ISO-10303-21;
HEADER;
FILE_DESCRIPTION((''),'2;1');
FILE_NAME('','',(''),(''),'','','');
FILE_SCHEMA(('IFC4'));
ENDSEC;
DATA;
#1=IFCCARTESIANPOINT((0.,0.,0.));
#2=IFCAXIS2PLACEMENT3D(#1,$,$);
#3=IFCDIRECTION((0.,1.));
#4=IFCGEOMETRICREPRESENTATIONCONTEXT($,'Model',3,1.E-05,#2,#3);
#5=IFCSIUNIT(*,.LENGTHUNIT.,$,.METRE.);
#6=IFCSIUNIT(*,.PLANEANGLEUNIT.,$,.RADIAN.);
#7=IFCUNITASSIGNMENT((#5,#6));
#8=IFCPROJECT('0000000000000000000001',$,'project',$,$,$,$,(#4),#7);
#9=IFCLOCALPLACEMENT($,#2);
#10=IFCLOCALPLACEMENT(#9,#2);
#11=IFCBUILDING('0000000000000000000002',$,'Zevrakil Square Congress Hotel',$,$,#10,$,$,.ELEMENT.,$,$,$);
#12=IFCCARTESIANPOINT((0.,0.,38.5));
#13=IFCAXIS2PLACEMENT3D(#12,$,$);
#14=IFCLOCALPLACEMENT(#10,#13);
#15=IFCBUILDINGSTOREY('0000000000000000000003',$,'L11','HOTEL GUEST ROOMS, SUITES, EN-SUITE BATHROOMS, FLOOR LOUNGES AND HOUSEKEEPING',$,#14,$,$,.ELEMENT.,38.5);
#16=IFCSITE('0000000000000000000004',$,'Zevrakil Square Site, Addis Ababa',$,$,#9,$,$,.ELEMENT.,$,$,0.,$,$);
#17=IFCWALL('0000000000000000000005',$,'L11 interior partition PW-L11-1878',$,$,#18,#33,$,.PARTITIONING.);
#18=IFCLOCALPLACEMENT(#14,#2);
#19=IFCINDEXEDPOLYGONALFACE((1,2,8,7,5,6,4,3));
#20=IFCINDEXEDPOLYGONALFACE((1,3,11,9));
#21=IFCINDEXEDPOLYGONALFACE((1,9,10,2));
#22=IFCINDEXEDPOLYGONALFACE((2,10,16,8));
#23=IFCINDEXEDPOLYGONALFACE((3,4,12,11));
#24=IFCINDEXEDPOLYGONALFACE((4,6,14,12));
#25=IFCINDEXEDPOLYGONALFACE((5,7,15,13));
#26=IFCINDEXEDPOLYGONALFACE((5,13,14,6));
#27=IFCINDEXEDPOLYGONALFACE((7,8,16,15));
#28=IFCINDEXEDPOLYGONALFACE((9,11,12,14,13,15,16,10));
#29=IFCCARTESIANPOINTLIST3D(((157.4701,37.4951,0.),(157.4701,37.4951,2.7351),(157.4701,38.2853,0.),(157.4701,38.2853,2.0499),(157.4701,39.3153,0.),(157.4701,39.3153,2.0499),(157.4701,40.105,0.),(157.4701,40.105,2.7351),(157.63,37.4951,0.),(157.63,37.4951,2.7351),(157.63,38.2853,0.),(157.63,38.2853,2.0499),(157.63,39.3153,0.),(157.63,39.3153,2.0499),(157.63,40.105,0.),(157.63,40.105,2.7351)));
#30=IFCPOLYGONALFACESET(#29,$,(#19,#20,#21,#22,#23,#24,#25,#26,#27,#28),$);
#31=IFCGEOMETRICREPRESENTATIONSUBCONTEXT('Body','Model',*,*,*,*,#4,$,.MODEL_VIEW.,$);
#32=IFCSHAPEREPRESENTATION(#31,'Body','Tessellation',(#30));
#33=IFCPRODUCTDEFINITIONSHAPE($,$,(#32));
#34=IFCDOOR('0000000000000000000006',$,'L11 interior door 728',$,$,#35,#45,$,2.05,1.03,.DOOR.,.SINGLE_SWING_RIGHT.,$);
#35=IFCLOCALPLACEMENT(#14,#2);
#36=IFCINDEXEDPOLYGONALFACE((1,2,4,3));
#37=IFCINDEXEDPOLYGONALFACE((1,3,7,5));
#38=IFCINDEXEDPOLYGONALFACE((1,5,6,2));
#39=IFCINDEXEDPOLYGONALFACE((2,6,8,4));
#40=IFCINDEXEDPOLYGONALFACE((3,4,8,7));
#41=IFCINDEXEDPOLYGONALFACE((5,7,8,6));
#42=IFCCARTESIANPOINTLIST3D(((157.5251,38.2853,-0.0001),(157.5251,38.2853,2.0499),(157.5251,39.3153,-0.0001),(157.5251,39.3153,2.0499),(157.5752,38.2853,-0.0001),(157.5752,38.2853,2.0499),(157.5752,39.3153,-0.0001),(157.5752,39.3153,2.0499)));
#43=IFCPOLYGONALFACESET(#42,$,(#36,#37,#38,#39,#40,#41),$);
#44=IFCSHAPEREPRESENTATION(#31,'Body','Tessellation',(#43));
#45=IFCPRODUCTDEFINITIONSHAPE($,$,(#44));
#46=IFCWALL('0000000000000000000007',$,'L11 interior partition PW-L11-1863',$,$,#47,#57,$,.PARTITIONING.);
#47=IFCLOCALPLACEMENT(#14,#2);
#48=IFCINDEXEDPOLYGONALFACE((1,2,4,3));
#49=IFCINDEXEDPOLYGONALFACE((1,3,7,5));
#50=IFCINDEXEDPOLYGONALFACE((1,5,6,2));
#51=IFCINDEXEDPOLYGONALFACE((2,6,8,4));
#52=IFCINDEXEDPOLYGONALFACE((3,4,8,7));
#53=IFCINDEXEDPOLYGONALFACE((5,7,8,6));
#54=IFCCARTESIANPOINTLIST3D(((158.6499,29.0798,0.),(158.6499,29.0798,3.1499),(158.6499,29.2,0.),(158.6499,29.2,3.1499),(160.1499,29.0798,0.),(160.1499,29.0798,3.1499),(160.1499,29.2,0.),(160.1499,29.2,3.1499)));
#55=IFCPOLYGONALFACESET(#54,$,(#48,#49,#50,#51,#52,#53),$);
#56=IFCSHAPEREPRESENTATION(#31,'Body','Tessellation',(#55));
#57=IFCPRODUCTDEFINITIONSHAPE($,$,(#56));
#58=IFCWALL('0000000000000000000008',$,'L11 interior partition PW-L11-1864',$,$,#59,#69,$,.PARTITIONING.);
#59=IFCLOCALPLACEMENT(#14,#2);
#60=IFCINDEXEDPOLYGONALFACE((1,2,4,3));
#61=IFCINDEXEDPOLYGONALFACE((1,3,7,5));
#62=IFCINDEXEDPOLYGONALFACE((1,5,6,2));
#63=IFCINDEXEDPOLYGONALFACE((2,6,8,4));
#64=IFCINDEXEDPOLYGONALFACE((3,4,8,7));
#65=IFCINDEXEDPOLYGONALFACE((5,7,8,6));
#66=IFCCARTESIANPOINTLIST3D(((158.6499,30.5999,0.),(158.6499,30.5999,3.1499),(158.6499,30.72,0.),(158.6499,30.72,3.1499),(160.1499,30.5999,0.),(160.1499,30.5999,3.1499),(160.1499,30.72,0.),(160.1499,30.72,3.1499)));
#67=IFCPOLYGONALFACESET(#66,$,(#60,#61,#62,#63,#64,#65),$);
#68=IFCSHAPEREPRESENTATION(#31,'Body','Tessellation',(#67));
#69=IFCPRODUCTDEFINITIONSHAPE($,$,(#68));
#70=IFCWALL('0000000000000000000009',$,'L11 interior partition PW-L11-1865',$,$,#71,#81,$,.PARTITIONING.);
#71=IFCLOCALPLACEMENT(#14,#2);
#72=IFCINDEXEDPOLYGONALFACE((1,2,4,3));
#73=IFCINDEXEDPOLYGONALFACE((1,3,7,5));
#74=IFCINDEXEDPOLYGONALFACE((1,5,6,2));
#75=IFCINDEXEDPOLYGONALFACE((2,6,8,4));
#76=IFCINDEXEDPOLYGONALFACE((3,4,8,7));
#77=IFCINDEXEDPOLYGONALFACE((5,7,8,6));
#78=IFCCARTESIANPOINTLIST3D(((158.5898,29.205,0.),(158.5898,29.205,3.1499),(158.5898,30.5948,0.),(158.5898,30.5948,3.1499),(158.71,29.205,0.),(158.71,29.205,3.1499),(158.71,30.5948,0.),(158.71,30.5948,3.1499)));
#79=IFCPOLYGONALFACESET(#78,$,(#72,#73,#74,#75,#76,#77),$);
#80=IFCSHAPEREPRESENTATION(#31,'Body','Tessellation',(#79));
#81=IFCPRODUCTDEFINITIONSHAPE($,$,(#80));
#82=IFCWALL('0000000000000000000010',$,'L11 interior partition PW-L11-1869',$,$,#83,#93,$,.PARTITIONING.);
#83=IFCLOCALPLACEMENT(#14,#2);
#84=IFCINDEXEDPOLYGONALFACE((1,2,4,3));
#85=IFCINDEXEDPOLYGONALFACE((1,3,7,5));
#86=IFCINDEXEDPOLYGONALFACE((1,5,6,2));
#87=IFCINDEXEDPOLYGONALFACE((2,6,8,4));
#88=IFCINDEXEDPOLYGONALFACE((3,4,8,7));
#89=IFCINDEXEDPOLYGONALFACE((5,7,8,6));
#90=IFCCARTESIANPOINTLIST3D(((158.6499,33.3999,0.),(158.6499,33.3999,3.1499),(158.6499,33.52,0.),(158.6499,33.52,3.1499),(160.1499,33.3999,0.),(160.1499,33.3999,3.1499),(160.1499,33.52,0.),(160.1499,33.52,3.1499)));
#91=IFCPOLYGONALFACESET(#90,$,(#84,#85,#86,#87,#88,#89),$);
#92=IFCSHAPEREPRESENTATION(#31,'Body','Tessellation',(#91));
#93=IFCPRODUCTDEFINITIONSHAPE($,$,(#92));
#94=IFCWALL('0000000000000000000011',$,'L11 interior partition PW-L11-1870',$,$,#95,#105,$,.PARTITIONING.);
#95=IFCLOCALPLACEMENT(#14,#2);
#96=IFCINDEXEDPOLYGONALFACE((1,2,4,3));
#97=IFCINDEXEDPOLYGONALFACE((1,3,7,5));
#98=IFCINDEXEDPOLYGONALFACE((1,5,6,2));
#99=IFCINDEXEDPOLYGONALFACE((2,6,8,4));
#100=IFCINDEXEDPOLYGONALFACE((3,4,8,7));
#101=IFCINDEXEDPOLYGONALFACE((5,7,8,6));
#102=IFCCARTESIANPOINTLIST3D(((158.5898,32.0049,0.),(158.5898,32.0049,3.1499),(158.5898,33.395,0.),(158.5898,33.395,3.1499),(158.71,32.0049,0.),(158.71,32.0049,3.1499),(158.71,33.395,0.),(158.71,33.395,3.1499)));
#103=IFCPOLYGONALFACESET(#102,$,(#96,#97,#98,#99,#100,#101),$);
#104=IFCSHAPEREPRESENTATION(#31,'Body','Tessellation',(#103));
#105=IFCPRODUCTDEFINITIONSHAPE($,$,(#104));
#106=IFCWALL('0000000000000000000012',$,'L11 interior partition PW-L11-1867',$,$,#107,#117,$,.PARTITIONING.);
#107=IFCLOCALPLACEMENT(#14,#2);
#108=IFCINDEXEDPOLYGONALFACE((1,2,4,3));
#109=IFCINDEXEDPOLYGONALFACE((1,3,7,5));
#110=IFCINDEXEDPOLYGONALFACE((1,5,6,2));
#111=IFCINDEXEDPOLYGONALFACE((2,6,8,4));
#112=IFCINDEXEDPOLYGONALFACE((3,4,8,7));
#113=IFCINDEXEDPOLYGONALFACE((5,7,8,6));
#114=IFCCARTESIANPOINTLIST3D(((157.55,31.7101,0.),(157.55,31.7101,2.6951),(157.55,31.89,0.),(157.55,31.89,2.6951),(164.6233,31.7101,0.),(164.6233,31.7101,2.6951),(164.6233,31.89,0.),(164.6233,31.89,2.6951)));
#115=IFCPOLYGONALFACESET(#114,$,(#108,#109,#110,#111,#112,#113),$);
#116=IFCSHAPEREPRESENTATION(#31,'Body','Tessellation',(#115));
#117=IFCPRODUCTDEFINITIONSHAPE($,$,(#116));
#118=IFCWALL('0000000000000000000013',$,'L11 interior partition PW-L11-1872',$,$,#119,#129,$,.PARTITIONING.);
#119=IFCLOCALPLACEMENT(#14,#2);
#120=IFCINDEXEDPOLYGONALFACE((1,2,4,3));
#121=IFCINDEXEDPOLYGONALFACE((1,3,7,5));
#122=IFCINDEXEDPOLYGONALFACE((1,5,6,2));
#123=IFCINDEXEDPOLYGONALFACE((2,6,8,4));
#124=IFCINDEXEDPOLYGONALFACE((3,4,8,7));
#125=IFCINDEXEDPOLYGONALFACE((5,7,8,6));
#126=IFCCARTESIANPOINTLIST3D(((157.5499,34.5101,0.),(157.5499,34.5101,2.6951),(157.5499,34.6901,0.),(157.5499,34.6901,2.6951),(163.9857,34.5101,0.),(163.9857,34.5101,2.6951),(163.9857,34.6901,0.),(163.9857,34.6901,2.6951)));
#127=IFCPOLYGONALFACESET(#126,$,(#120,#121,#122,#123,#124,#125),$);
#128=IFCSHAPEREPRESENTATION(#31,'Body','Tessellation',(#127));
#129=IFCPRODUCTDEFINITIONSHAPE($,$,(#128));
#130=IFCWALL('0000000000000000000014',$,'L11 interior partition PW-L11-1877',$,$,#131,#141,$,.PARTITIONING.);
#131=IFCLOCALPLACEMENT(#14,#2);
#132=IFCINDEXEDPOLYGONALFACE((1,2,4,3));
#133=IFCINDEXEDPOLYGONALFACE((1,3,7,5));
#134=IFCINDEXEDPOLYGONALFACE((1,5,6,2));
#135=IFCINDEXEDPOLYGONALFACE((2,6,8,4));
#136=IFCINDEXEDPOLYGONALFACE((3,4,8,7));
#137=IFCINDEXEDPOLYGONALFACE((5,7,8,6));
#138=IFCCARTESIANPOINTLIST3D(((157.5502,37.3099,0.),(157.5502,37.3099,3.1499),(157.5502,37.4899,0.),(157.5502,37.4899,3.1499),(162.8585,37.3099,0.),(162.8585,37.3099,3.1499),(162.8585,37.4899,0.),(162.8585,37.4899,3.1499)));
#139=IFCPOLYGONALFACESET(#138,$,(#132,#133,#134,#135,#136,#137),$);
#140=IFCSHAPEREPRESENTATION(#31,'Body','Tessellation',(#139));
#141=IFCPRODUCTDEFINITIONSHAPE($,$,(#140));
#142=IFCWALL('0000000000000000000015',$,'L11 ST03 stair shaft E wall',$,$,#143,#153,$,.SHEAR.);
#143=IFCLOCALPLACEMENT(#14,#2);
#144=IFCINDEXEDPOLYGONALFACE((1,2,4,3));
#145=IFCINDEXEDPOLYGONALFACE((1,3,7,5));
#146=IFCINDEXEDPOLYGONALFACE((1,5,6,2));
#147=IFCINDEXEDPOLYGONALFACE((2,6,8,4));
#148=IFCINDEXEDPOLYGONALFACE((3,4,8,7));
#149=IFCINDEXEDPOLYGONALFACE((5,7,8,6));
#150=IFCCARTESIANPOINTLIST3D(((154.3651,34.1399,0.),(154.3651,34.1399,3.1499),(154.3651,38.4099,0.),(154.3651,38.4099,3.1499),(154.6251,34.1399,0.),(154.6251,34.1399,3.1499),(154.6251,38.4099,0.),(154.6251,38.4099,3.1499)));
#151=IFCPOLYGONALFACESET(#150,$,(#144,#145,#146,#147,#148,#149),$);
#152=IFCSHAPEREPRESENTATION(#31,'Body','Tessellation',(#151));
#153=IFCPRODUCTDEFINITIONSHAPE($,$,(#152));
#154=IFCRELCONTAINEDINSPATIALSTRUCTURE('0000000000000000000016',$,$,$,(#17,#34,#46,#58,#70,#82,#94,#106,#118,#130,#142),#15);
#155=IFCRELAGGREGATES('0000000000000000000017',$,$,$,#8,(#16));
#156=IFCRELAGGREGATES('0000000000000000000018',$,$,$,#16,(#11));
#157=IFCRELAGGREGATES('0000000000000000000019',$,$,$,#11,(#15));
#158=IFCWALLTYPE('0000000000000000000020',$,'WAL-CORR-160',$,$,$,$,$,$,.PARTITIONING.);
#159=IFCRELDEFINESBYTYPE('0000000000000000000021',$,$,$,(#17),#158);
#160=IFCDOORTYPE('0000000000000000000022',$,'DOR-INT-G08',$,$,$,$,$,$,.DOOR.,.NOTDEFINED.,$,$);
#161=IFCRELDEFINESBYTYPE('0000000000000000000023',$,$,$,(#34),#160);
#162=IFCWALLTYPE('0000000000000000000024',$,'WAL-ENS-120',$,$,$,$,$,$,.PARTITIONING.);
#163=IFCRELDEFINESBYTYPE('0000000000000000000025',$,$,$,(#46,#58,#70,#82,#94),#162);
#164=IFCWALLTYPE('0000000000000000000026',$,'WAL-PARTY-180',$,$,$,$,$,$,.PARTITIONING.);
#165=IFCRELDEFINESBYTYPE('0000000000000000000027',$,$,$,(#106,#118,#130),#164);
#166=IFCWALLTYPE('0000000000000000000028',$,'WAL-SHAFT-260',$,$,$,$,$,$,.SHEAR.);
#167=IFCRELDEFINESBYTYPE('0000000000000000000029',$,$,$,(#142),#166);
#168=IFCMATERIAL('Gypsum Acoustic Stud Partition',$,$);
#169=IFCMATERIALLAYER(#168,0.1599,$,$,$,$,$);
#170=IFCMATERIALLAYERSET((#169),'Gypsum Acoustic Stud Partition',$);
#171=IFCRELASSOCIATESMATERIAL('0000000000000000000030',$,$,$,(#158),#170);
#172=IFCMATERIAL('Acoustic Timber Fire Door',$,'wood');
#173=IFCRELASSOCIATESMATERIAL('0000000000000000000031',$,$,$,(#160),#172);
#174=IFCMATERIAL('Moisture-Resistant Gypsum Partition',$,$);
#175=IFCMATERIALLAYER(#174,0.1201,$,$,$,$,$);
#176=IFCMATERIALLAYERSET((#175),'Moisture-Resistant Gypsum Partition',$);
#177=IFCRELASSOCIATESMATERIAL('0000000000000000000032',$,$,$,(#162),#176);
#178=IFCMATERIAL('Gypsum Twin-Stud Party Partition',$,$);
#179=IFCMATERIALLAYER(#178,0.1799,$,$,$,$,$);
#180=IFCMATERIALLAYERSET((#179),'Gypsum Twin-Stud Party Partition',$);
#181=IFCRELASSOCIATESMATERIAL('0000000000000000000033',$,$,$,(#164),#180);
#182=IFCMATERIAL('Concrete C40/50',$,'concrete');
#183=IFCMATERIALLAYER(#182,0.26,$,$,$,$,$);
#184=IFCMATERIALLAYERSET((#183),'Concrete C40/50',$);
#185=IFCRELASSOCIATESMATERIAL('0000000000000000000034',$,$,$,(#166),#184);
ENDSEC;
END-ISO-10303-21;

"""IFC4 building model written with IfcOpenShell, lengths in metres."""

from ifc_helpers import new_model, si_unit, direction, frame, frame_2d, origin, place, context, subcontext, project, spatial, rectangle, extrude, material, layer, layer_set, type_object, element, fill, save


model = new_model("IFC4")

# Units and contexts
model_context = context("Model", 3, precision=1e-05, world=origin(), true_north=direction((0.0, 1.0)))
body_context = subcontext(model_context, "Body", "Model", "MODEL_VIEW")
ifc_project = project(units=[si_unit("LENGTHUNIT", "METRE"), si_unit("PLANEANGLEUNIT", "RADIAN")], contexts=[model_context])

# Site, building, storey
site_placement = place(None, origin())
site = spatial("IfcSite", under=ifc_project, at=site_placement, Name="Zevrakil Square Site, Addis Ababa", CompositionType="ELEMENT", RefElevation=0.0)
building_placement = place(site_placement, origin())
building = spatial("IfcBuilding", under=site, at=building_placement, Name="Zevrakil Square Congress Hotel", CompositionType="ELEMENT")
storey_placement = place(building_placement, frame((0.0, 0.0, 38.5)))
storey = spatial("IfcBuildingStorey", under=building, at=storey_placement, Name="L11", Description="HOTEL GUEST ROOMS, SUITES, EN-SUITE BATHROOMS, FLOOR LOUNGES AND HOUSEKEEPING", CompositionType="ELEMENT", Elevation=38.5)

# Shared definitions
ifc_material_1 = material(Name="Gypsum Acoustic Stud Partition")
ifc_layer_1 = layer(ifc_material_1, 0.1599)
ifc_layer_set_1 = layer_set([ifc_layer_1], Name="Gypsum Acoustic Stud Partition")
wall_type_1 = type_object("IfcWallType", Name="WAL-CORR-160", PredefinedType="PARTITIONING", material=ifc_layer_set_1)

# Wall, opening, door
wall_1_placement = place(storey_placement, frame((157.55, 37.4951, 0.0), z_axis=(0.0, 0.0, 1.0), x_axis=(0.0, 1.0, 0.0)))
wall_1 = element("IfcWall", 1, at=wall_1_placement, inside=storey, type_object=wall_type_1, Name="L11 interior partition PW-L11-1878", PredefinedType="PARTITIONING", context=body_context, shape_type="SweptSolid", body=[
    extrude(rectangle(XDim=2.6099, YDim=0.1599, at=frame_2d((1.3049, 0.0))), origin(), (0.0, 0.0, 1.0), 2.7351),
])
opening_1_placement = place(wall_1_placement, frame((0.79, 0.0, 0.0)))
opening_1 = element("IfcOpeningElement", 2, at=opening_1_placement, cuts=wall_1, PredefinedType="OPENING", context=body_context, shape_type="SweptSolid", body=[
    extrude(rectangle(XDim=1.03, YDim=2.05, at=frame_2d((0.5151, 1.0249))), frame((0.0, 0.0898, 0.0), z_axis=(0.0, -1.0, 0.0), x_axis=(1.0, 0.0, 0.0)), (0.0, 0.0, 1.0), 0.1799),
])
ifc_material_2 = material(Name="Acoustic Timber Fire Door", Category="wood")
door_type_1 = type_object("IfcDoorType", Name="DOR-INT-G08", OperationType="NOTDEFINED", PredefinedType="DOOR", material=ifc_material_2)
door_1_placement = place(opening_1_placement, origin())
door_1 = element("IfcDoor", 3, at=door_1_placement, inside=storey, type_object=door_type_1, Name="L11 interior door 728", OperationType="SINGLE_SWING_RIGHT", OverallHeight=2.05, OverallWidth=1.03, PredefinedType="DOOR", context=body_context, shape_type="SweptSolid", body=[
    extrude(rectangle(XDim=1.03, YDim=2.05, at=frame_2d((0.5151, 1.0249))), frame((0.0, 0.0249, 0.0), z_axis=(0.0, -1.0, 0.0), x_axis=(1.0, 0.0, 0.0)), (0.0, 0.0, 1.0), 0.05),
])
fill(opening_1, door_1)

# Walls
ifc_material_3 = material(Name="Moisture-Resistant Gypsum Partition")
ifc_layer_2 = layer(ifc_material_3, 0.1201)
ifc_layer_set_2 = layer_set([ifc_layer_2], Name="Moisture-Resistant Gypsum Partition")
wall_type_2 = type_object("IfcWallType", Name="WAL-ENS-120", PredefinedType="PARTITIONING", material=ifc_layer_set_2)
for number, where, z_axis, x_axis, name in (
    (4, (158.6499, 29.1399, 0.0), (0.0, 0.0, 1.0), (1.0, 0.0, 0.0), "L11 interior partition PW-L11-1863"),
    (5, (158.6499, 30.6599, 0.0), (0.0, 0.0, 1.0), (1.0, 0.0, 0.0), "L11 interior partition PW-L11-1864"),
):
    element("IfcWall", number, at=place(storey_placement, frame(where, z_axis=z_axis, x_axis=x_axis)), inside=storey, type_object=wall_type_2, Name=name, PredefinedType="PARTITIONING", context=body_context, shape_type="SweptSolid", body=[
        extrude(rectangle(XDim=1.5, YDim=0.1201, at=frame_2d((0.75, 0.0))), origin(), (0.0, 0.0, 1.0), 3.1499),
    ])
wall_2_placement = place(storey_placement, frame((158.6499, 29.2051, 0.0), z_axis=(0.0, 0.0, 1.0), x_axis=(0.0, 1.0, 0.0)))
element("IfcWall", 6, at=wall_2_placement, inside=storey, type_object=wall_type_2, Name="L11 interior partition PW-L11-1865", PredefinedType="PARTITIONING", context=body_context, shape_type="SweptSolid", body=[
    extrude(rectangle(XDim=1.3899, YDim=0.1201, at=frame_2d((0.6948, 0.0))), origin(), (0.0, 0.0, 1.0), 3.1499),
])
wall_3_placement = place(storey_placement, frame((158.6499, 33.46, 0.0), z_axis=(0.0, 0.0, 1.0), x_axis=(1.0, 0.0, 0.0)))
element("IfcWall", 7, at=wall_3_placement, inside=storey, type_object=wall_type_2, Name="L11 interior partition PW-L11-1869", PredefinedType="PARTITIONING", context=body_context, shape_type="SweptSolid", body=[
    extrude(rectangle(XDim=1.5, YDim=0.1201, at=frame_2d((0.75, 0.0))), origin(), (0.0, 0.0, 1.0), 3.1499),
])
wall_4_placement = place(storey_placement, frame((158.6499, 32.0049, 0.0), z_axis=(0.0, 0.0, 1.0), x_axis=(0.0, 1.0, 0.0)))
element("IfcWall", 8, at=wall_4_placement, inside=storey, type_object=wall_type_2, Name="L11 interior partition PW-L11-1870", PredefinedType="PARTITIONING", context=body_context, shape_type="SweptSolid", body=[
    extrude(rectangle(XDim=1.3901, YDim=0.1201, at=frame_2d((0.6951, 0.0))), origin(), (0.0, 0.0, 1.0), 3.1499),
])
ifc_material_4 = material(Name="Gypsum Twin-Stud Party Partition")
ifc_layer_3 = layer(ifc_material_4, 0.1799)
ifc_layer_set_3 = layer_set([ifc_layer_3], Name="Gypsum Twin-Stud Party Partition")
wall_type_3 = type_object("IfcWallType", Name="WAL-PARTY-180", PredefinedType="PARTITIONING", material=ifc_layer_set_3)
wall_5_placement = place(storey_placement, frame((157.55, 31.8, 0.0), z_axis=(0.0, 0.0, 1.0), x_axis=(1.0, 0.0, 0.0)))
element("IfcWall", 9, at=wall_5_placement, inside=storey, type_object=wall_type_3, Name="L11 interior partition PW-L11-1867", PredefinedType="PARTITIONING", context=body_context, shape_type="SweptSolid", body=[
    extrude(rectangle(XDim=7.0732, YDim=0.1799, at=frame_2d((3.5366, 0.0))), origin(), (0.0, 0.0, 1.0), 2.6951),
])
wall_6_placement = place(storey_placement, frame((157.55, 34.6001, 0.0), z_axis=(0.0, 0.0, 1.0), x_axis=(1.0, 0.0, 0.0)))
element("IfcWall", 10, at=wall_6_placement, inside=storey, type_object=wall_type_3, Name="L11 interior partition PW-L11-1872", PredefinedType="PARTITIONING", context=body_context, shape_type="SweptSolid", body=[
    extrude(rectangle(XDim=6.4358, YDim=0.1799, at=frame_2d((3.2178, 0.0))), origin(), (0.0, 0.0, 1.0), 2.6951),
])
wall_7_placement = place(storey_placement, frame((157.55, 37.3999, 0.0), z_axis=(0.0, 0.0, 1.0), x_axis=(1.0, 0.0, 0.0)))
element("IfcWall", 11, at=wall_7_placement, inside=storey, type_object=wall_type_3, Name="L11 interior partition PW-L11-1877", PredefinedType="PARTITIONING", context=body_context, shape_type="SweptSolid", body=[
    extrude(rectangle(XDim=5.3083, YDim=0.1799, at=frame_2d((2.6543, 0.0))), origin(), (0.0, 0.0, 1.0), 3.1499),
])
ifc_material_5 = material(Name="Concrete C40/50", Category="concrete")
ifc_layer_4 = layer(ifc_material_5, 0.26)
ifc_layer_set_4 = layer_set([ifc_layer_4], Name="Concrete C40/50")
wall_type_4 = type_object("IfcWallType", Name="WAL-SHAFT-260", PredefinedType="SHEAR", material=ifc_layer_set_4)
wall_8_placement = place(storey_placement, frame((154.4951, 34.1399, 0.0), z_axis=(0.0, 0.0, 1.0), x_axis=(0.0, 1.0, 0.0)))
element("IfcWall", 12, at=wall_8_placement, inside=storey, type_object=wall_type_4, Name="L11 ST03 stair shaft E wall", PredefinedType="SHEAR", context=body_context, shape_type="SweptSolid", body=[
    extrude(rectangle(XDim=4.27, YDim=0.26, at=frame_2d((2.135, 0.0))), origin(), (0.0, 0.0, 1.0), 3.1499),
])

save(model, "model.ifc")
